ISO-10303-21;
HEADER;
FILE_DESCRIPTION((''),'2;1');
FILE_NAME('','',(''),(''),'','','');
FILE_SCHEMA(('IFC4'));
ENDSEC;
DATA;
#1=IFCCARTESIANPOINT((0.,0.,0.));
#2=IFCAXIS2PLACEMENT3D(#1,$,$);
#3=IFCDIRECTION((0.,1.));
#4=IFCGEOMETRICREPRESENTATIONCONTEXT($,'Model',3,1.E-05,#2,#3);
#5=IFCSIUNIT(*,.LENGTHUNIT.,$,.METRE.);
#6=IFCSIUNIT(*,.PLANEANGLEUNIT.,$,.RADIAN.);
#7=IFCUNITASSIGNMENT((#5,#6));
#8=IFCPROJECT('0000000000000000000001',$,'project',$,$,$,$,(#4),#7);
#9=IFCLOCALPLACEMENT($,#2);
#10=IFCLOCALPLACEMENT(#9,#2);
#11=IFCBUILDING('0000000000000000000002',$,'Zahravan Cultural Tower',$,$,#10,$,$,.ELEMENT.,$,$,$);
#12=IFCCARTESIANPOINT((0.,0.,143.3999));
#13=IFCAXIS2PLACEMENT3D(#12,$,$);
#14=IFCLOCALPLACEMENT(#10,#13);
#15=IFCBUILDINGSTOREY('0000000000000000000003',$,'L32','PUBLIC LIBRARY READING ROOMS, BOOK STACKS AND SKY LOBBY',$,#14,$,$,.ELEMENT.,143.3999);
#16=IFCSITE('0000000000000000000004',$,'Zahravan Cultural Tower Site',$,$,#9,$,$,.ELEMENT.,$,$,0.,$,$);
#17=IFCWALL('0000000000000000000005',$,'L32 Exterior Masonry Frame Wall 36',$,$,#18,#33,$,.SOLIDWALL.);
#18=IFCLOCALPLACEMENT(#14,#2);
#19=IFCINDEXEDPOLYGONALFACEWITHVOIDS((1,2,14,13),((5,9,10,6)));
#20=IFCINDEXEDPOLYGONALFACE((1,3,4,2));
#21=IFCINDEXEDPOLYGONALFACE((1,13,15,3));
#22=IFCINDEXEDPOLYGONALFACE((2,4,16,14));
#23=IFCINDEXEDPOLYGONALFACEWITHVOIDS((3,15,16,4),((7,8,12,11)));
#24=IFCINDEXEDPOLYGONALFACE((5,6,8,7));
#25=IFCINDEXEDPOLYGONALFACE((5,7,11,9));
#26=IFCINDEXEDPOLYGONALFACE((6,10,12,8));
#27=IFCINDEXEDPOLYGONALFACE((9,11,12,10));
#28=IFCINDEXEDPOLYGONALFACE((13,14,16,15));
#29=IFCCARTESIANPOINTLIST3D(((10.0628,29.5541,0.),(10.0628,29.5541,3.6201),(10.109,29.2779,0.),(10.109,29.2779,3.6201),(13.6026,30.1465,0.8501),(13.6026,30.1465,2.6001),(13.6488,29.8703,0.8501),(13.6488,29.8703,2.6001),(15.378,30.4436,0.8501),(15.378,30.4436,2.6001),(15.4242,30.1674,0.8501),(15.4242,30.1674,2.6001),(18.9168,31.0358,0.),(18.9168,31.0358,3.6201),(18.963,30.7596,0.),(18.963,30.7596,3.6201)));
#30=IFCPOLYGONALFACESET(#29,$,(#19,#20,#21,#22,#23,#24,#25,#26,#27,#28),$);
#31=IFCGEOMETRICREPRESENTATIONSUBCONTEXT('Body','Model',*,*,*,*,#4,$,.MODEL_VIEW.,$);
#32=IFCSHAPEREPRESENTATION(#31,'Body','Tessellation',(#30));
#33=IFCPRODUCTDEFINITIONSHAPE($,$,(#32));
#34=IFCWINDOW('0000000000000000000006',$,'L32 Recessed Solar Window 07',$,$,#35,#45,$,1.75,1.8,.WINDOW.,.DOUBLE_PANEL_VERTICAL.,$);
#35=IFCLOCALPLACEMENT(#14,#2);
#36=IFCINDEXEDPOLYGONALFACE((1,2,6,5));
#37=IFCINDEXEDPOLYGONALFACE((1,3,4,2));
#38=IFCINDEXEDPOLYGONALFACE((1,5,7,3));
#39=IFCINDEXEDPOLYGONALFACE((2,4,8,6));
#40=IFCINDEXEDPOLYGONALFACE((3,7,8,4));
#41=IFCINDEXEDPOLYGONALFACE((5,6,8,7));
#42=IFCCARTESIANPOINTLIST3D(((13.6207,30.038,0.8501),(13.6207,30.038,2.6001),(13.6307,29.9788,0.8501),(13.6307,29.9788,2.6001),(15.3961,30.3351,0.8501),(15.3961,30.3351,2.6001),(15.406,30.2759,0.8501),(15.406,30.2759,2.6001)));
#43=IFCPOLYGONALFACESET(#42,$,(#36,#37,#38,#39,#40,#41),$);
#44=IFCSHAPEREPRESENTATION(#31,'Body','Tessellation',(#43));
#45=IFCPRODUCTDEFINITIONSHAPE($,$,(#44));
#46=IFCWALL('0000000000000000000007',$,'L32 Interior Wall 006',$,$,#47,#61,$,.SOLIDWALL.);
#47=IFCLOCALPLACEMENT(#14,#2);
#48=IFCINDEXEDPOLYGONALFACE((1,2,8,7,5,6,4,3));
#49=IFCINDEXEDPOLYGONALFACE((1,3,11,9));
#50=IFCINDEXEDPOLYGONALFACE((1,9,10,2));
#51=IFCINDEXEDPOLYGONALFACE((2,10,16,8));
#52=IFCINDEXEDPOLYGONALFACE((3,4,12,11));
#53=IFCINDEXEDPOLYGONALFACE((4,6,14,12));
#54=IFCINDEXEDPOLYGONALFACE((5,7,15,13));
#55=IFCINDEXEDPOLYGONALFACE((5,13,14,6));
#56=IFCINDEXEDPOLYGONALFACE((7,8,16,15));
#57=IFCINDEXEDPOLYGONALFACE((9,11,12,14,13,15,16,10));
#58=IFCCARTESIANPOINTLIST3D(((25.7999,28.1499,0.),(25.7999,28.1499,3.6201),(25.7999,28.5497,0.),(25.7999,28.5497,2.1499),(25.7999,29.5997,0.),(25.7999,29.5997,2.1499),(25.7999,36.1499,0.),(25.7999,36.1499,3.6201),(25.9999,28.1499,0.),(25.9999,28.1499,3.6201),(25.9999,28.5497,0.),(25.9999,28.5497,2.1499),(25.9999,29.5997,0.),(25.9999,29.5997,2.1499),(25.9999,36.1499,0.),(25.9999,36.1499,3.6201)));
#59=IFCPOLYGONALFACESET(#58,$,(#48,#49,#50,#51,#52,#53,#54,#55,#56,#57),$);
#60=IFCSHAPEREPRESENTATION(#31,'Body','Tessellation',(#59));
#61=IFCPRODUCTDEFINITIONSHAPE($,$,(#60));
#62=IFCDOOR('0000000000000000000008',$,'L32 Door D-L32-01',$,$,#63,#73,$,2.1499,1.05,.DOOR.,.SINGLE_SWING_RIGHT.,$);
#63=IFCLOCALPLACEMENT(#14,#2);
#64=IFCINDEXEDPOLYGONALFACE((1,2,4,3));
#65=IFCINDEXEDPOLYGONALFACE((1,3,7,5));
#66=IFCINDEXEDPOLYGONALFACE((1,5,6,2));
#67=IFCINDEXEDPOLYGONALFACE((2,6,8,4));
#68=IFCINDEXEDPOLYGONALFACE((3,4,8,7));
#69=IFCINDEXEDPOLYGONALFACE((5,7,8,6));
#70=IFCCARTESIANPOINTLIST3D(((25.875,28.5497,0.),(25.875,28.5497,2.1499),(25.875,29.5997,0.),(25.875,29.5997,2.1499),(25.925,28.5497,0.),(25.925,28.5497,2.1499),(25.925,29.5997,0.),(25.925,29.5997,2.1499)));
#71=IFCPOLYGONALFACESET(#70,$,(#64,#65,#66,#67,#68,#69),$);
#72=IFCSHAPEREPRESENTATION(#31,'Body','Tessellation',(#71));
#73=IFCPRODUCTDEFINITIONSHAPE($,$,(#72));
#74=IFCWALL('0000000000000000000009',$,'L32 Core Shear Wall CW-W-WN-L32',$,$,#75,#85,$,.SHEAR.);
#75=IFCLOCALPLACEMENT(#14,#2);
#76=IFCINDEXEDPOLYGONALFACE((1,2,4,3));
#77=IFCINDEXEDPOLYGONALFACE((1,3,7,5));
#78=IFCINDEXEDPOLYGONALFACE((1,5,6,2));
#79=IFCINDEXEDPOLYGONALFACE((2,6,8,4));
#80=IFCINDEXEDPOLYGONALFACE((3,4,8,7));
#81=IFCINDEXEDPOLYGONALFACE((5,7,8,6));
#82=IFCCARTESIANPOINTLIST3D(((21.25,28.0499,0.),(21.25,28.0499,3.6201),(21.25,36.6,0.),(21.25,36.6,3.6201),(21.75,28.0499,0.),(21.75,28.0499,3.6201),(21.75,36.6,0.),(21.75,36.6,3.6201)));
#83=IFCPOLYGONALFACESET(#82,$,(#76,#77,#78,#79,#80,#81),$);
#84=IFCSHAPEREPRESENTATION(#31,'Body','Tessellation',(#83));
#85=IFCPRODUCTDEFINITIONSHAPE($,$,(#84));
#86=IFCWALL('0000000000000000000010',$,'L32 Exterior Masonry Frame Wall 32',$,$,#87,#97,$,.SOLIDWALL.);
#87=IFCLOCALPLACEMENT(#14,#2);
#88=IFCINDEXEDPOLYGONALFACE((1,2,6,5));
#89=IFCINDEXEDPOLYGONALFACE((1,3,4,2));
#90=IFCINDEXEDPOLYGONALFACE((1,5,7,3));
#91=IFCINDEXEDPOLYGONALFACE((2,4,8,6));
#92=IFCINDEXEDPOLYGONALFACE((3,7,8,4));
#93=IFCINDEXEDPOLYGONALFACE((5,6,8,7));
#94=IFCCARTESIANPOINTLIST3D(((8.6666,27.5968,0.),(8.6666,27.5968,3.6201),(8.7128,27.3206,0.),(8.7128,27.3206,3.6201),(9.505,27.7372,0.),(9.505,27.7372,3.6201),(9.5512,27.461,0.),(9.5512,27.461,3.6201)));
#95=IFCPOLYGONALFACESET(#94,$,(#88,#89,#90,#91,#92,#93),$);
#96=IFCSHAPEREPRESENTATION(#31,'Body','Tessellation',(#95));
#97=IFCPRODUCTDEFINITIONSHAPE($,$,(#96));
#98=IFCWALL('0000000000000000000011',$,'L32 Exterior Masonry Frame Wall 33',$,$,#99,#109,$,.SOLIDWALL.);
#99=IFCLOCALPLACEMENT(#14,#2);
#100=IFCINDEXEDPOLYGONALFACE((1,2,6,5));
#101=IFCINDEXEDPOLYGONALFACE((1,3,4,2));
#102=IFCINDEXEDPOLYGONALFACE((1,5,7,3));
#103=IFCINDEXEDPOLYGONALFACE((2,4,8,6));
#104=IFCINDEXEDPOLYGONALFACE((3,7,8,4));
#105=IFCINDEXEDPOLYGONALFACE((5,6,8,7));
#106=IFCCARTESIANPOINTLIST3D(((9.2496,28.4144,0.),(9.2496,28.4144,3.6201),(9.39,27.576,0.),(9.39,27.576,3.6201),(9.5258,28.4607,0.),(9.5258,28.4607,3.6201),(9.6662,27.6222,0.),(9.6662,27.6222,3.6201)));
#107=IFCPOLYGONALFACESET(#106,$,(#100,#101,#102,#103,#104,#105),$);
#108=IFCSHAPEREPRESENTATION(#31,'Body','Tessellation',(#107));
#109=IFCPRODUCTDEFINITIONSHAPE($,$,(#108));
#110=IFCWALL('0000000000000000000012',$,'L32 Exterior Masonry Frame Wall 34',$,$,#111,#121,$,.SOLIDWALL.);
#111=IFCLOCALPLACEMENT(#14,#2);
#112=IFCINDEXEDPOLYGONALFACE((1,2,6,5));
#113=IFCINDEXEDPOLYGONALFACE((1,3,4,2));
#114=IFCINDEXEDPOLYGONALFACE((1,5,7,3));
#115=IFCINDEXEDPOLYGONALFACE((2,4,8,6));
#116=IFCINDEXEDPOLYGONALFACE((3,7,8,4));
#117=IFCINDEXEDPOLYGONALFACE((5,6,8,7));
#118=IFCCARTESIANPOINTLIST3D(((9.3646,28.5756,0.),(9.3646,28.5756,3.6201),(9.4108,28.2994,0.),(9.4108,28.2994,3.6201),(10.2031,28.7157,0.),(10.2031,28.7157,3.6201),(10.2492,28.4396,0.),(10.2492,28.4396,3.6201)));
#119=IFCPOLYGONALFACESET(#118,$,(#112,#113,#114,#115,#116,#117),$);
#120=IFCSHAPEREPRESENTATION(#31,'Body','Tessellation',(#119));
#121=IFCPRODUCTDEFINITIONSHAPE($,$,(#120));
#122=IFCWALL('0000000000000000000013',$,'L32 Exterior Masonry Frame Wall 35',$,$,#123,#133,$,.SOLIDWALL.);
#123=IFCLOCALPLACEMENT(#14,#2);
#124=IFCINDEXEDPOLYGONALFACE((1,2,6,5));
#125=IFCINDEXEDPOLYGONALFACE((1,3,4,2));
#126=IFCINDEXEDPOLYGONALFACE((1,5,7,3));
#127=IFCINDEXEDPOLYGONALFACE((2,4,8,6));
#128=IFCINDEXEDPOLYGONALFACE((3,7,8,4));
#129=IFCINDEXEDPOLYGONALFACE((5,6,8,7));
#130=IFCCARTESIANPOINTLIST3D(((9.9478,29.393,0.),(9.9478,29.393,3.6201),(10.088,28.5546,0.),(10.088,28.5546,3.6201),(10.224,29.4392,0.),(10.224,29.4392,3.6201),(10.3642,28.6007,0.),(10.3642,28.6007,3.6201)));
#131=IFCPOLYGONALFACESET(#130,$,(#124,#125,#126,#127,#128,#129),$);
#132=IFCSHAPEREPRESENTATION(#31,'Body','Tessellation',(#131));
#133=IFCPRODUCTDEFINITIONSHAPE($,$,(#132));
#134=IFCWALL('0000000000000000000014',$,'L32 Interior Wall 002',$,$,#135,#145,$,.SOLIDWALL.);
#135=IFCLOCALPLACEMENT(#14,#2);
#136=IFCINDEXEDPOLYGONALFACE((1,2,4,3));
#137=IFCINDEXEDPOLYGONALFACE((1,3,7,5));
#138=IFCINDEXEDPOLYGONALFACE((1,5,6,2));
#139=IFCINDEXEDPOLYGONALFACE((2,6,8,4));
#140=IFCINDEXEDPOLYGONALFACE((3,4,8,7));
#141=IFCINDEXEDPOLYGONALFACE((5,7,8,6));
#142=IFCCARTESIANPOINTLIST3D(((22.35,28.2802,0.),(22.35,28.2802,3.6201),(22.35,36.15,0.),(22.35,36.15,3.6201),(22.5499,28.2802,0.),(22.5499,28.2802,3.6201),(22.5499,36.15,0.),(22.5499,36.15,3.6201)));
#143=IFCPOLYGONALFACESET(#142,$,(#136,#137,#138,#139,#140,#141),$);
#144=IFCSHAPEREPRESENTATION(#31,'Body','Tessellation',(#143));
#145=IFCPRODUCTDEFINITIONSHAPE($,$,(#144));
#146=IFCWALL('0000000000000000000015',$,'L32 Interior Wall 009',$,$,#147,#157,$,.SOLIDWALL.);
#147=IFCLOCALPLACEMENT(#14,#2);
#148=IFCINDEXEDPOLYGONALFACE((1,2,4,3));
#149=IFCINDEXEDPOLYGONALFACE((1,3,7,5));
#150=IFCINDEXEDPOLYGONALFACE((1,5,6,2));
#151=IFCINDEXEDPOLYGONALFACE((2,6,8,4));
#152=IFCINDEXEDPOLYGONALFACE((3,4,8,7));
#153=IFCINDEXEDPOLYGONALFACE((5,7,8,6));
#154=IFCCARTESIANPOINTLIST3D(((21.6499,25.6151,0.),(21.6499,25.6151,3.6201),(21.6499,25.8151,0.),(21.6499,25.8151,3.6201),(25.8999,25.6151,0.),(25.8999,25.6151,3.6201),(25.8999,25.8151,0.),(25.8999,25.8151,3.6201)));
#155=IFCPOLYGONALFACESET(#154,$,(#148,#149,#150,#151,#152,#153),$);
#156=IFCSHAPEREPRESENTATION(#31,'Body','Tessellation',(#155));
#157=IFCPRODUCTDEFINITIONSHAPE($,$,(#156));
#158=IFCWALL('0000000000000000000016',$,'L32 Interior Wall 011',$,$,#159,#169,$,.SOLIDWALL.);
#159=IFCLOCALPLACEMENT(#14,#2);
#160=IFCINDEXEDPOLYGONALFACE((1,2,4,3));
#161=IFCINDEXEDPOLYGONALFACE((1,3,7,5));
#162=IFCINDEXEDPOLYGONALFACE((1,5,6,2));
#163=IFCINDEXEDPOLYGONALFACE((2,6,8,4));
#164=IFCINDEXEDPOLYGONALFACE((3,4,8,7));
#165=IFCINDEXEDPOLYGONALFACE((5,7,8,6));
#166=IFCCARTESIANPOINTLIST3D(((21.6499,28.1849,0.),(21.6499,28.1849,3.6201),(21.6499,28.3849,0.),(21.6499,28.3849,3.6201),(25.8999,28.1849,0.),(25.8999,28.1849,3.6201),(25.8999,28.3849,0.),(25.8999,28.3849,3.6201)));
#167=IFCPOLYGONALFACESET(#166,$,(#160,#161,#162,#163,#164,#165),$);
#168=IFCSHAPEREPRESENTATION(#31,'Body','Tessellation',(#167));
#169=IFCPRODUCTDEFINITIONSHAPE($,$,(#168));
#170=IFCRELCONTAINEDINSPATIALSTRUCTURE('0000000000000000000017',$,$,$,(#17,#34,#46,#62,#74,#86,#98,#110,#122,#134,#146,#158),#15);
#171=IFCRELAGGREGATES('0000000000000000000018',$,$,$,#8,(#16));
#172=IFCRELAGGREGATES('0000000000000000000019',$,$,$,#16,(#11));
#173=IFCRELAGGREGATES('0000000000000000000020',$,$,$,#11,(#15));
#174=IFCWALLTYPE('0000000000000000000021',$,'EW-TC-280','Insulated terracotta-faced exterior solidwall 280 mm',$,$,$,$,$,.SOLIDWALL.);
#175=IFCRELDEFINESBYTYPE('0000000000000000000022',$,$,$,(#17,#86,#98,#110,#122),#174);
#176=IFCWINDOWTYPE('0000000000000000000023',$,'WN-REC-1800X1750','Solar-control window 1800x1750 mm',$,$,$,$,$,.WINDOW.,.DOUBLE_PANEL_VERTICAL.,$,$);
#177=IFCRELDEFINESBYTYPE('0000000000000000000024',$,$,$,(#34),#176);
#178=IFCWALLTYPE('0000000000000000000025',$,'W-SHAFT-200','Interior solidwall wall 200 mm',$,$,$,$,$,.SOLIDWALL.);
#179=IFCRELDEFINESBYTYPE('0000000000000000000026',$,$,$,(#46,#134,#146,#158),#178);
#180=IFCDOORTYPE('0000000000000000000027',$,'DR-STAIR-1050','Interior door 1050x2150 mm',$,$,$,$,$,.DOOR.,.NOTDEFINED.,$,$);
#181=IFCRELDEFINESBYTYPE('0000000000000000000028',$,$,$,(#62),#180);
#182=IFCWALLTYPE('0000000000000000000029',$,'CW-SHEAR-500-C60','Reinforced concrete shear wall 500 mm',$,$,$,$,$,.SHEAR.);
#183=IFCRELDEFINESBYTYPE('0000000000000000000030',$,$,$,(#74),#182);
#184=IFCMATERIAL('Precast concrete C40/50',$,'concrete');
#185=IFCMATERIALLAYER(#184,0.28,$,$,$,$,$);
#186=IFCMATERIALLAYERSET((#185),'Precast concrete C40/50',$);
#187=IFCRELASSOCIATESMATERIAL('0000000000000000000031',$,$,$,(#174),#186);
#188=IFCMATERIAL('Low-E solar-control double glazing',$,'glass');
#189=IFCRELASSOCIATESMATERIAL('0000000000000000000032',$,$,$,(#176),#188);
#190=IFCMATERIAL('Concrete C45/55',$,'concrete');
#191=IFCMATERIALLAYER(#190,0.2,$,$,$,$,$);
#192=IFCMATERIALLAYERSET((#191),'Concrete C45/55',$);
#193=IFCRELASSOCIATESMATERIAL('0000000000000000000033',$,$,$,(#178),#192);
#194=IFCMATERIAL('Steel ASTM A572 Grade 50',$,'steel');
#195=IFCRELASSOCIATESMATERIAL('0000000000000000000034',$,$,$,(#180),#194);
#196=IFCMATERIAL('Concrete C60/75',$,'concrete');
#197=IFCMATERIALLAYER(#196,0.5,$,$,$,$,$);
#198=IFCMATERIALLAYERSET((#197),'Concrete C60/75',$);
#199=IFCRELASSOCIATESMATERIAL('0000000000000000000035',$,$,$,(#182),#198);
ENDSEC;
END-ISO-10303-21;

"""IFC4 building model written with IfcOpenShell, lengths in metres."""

from ifc_helpers import new_model, si_unit, direction, frame, frame_2d, origin, place, context, subcontext, project, spatial, rectangle, extrude, source, transform, mapped, material, layer, layer_set, type_object, element, fill, save


model = new_model("IFC4")

# Units and contexts
model_context = context("Model", 3, precision=1e-05, world=origin(), true_north=direction((0.0, 1.0)))
body_context = subcontext(model_context, "Body", "Model", "MODEL_VIEW")
ifc_project = project(units=[si_unit("LENGTHUNIT", "METRE"), si_unit("PLANEANGLEUNIT", "RADIAN")], contexts=[model_context])

# Site, building, storey
site_placement = place(None, origin())
site = spatial("IfcSite", under=ifc_project, at=site_placement, Name="Zahravan Cultural Tower Site", CompositionType="ELEMENT", RefElevation=0.0)
building_placement = place(site_placement, origin())
building = spatial("IfcBuilding", under=site, at=building_placement, Name="Zahravan Cultural Tower", CompositionType="ELEMENT")
storey_placement = place(building_placement, frame((0.0, 0.0, 143.3999)))
storey = spatial("IfcBuildingStorey", under=building, at=storey_placement, Name="L32", Description="PUBLIC LIBRARY READING ROOMS, BOOK STACKS AND SKY LOBBY", CompositionType="ELEMENT", Elevation=143.3999)

# Shared definitions
ifc_material_1 = material(Name="Low-E solar-control double glazing", Category="glass")

# Wall, opening, window
ifc_material_2 = material(Name="Precast concrete C40/50", Category="concrete")
ifc_layer_1 = layer(ifc_material_2, 0.28)
ifc_layer_set_1 = layer_set([ifc_layer_1], Name="Precast concrete C40/50")
wall_type_1 = type_object("IfcWallType", Name="EW-TC-280", Description="Insulated terracotta-faced exterior solidwall 280 mm", PredefinedType="SOLIDWALL", material=ifc_layer_set_1)
wall_1_placement = place(storey_placement, frame((10.0859, 29.416, 0.0), z_axis=(0.0, 0.0, 1.0), x_axis=(0.986285, 0.165052, 0.0)))
wall_1 = element("IfcWall", 1, at=wall_1_placement, inside=storey, type_object=wall_type_1, Name="L32 Exterior Masonry Frame Wall 36", PredefinedType="SOLIDWALL", context=body_context, shape_type="SweptSolid", body=[
    extrude(rectangle(XDim=8.9771, YDim=0.28, at=frame_2d((4.4885, 0.0))), origin(), (0.0, 0.0, 1.0), 3.6201),
])
opening_1_placement = place(wall_1_placement, frame((3.5891, 0.0, 0.8501)))
opening_1 = element("IfcOpeningElement", 2, at=opening_1_placement, cuts=wall_1, PredefinedType="OPENING", context=body_context, shape_type="SweptSolid", body=[
    extrude(rectangle(XDim=1.8, YDim=1.75, at=frame_2d((0.8999, 0.875))), frame((0.0, 0.1499, 0.0), z_axis=(0.0, -1.0, 0.0), x_axis=(1.0, 0.0, 0.0)), (0.0, 0.0, 1.0), 0.3),
])
window_type = type_object("IfcWindowType", Name="WN-REC-1800X1750", Description="Solar-control window 1800x1750 mm", PartitioningType="DOUBLE_PANEL_VERTICAL", PredefinedType="WINDOW", material=ifc_material_1)
shared_shape_1 = source(origin(), body_context, "Body", "SweptSolid", [
    extrude(rectangle(XDim=1.8, YDim=1.75, at=frame_2d((0.8999, 0.875))), frame((0.0, 0.03, 0.0), z_axis=(0.0, -1.0, 0.0), x_axis=(1.0, 0.0, 0.0)), (0.0, 0.0, 1.0), 0.0601),
])
window_placement = place(opening_1_placement, origin())
window = element("IfcWindow", 3, at=window_placement, inside=storey, type_object=window_type, Name="L32 Recessed Solar Window 07", OverallHeight=1.75, OverallWidth=1.8, PartitioningType="DOUBLE_PANEL_VERTICAL", PredefinedType="WINDOW", context=body_context, shape_type="MappedRepresentation", body=[
    mapped(shared_shape_1, transform((0.0, 0.0, 0.0), x_axis=(1.0, 0.0, 0.0), y_axis=(0.0, 1.0, 0.0), z_axis=(0.0, 0.0, 1.0), scale=1.0)),
])
fill(opening_1, window)

# Wall, opening, door
ifc_material_3 = material(Name="Concrete C45/55", Category="concrete")
ifc_layer_2 = layer(ifc_material_3, 0.2)
ifc_layer_set_2 = layer_set([ifc_layer_2], Name="Concrete C45/55")
wall_type_2 = type_object("IfcWallType", Name="W-SHAFT-200", Description="Interior solidwall wall 200 mm", PredefinedType="SOLIDWALL", material=ifc_layer_set_2)
wall_2_placement = place(storey_placement, frame((25.8999, 28.1499, 0.0), z_axis=(0.0, 0.0, 1.0), x_axis=(0.0, 1.0, 0.0)))
wall_2 = element("IfcWall", 4, at=wall_2_placement, inside=storey, type_object=wall_type_2, Name="L32 Interior Wall 006", PredefinedType="SOLIDWALL", context=body_context, shape_type="SweptSolid", body=[
    extrude(rectangle(XDim=8.0, YDim=0.2, at=frame_2d((4.0, 0.0))), origin(), (0.0, 0.0, 1.0), 3.6201),
])
opening_2_placement = place(wall_2_placement, frame((0.3999, 0.0, 0.0)))
opening_2 = element("IfcOpeningElement", 5, at=opening_2_placement, cuts=wall_2, PredefinedType="OPENING", context=body_context, shape_type="SweptSolid", body=[
    extrude(rectangle(XDim=1.05, YDim=2.1499, at=frame_2d((0.5249, 1.075))), frame((0.0, 0.1099, 0.0), z_axis=(0.0, -1.0, 0.0), x_axis=(1.0, 0.0, 0.0)), (0.0, 0.0, 1.0), 0.22),
])
ifc_material_4 = material(Name="Steel ASTM A572 Grade 50", Category="steel")
door_type = type_object("IfcDoorType", Name="DR-STAIR-1050", Description="Interior door 1050x2150 mm", OperationType="NOTDEFINED", PredefinedType="DOOR", material=ifc_material_4)
shared_shape_2 = source(origin(), body_context, "Body", "SweptSolid", [
    extrude(rectangle(XDim=1.05, YDim=2.1499, at=frame_2d((0.5249, 1.075))), frame((0.0, 0.0249, 0.0), z_axis=(0.0, -1.0, 0.0), x_axis=(1.0, 0.0, 0.0)), (0.0, 0.0, 1.0), 0.05),
])
door_placement = place(opening_2_placement, origin())
door = element("IfcDoor", 6, at=door_placement, inside=storey, type_object=door_type, Name="L32 Door D-L32-01", OperationType="SINGLE_SWING_RIGHT", OverallHeight=2.1499, OverallWidth=1.05, PredefinedType="DOOR", context=body_context, shape_type="MappedRepresentation", body=[
    mapped(shared_shape_2, transform((0.0, 0.0, 0.0), x_axis=(1.0, 0.0, 0.0), y_axis=(0.0, 1.0, 0.0), z_axis=(0.0, 0.0, 1.0), scale=1.0)),
])
fill(opening_2, door)

# Walls
ifc_material_5 = material(Name="Concrete C60/75", Category="concrete")
ifc_layer_3 = layer(ifc_material_5, 0.5)
ifc_layer_set_3 = layer_set([ifc_layer_3], Name="Concrete C60/75")
wall_type_3 = type_object("IfcWallType", Name="CW-SHEAR-500-C60", Description="Reinforced concrete shear wall 500 mm", PredefinedType="SHEAR", material=ifc_layer_set_3)
shared_shape_3 = source(origin(), body_context, "Body", "SweptSolid", [
    extrude(rectangle(XDim=8.55, YDim=0.5, at=frame_2d((4.2749, 0.0))), origin(), (0.0, 0.0, 1.0), 3.6201),
])
wall_3_placement = place(storey_placement, frame((21.5, 28.05, 0.0), z_axis=(0.0, 0.0, 1.0), x_axis=(0.0, 1.0, 0.0)))
element("IfcWall", 7, at=wall_3_placement, inside=storey, type_object=wall_type_3, Name="L32 Core Shear Wall CW-W-WN-L32", PredefinedType="SHEAR", context=body_context, shape_type="MappedRepresentation", body=[
    mapped(shared_shape_3, transform((0.0, 0.0, 0.0), x_axis=(1.0, 0.0, 0.0), y_axis=(0.0, 1.0, 0.0), z_axis=(0.0, 0.0, 1.0), scale=1.0)),
])
shared_shape_4 = source(origin(), body_context, "Body", "SweptSolid", [
    extrude(rectangle(XDim=0.8501, YDim=0.28, at=frame_2d((0.425, 0.0))), origin(), (0.0, 0.0, 1.0), 3.6201),
])
for number, where, z_axis, x_axis, name in (
    (8, (8.6897, 27.4587, 0.0), (0.0, 0.0, 1.0), (0.986269, 0.165144, 0.0), "L32 Exterior Masonry Frame Wall 32"),
    (9, (9.5281, 27.5991, 0.0), (0.0, 0.0, 1.0), (-0.165144, 0.986269, 0.0), "L32 Exterior Masonry Frame Wall 33"),
    (10, (9.3877, 28.4375, 0.0), (0.0, 0.0, 1.0), (0.986316, 0.164865, 0.0), "L32 Exterior Masonry Frame Wall 34"),
    (11, (10.2261, 28.5776, 0.0), (0.0, 0.0, 1.0), (-0.164865, 0.986316, 0.0), "L32 Exterior Masonry Frame Wall 35"),
):
    element("IfcWall", number, at=place(storey_placement, frame(where, z_axis=z_axis, x_axis=x_axis)), inside=storey, type_object=wall_type_1, Name=name, PredefinedType="SOLIDWALL", context=body_context, shape_type="MappedRepresentation", body=[
        mapped(shared_shape_4, transform((0.0, 0.0, 0.0), x_axis=(1.0, 0.0, 0.0), y_axis=(0.0, 1.0, 0.0), z_axis=(0.0, 0.0, 1.0), scale=1.0)),
    ])
shared_shape_5 = source(origin(), body_context, "Body", "SweptSolid", [
    extrude(rectangle(XDim=7.8699, YDim=0.2, at=frame_2d((3.9351, 0.0))), origin(), (0.0, 0.0, 1.0), 3.6201),
])
wall_4_placement = place(storey_placement, frame((22.45, 28.28, 0.0), z_axis=(0.0, 0.0, 1.0), x_axis=(0.0, 1.0, 0.0)))
element("IfcWall", 12, at=wall_4_placement, inside=storey, type_object=wall_type_2, Name="L32 Interior Wall 002", PredefinedType="SOLIDWALL", context=body_context, shape_type="MappedRepresentation", body=[
    mapped(shared_shape_5, transform((0.0, 0.0, 0.0), x_axis=(1.0, 0.0, 0.0), y_axis=(0.0, 1.0, 0.0), z_axis=(0.0, 0.0, 1.0), scale=1.0)),
])
shared_shape_6 = source(origin(), body_context, "Body", "SweptSolid", [
    extrude(rectangle(XDim=4.25, YDim=0.2, at=frame_2d((2.125, 0.0))), origin(), (0.0, 0.0, 1.0), 3.6201),
])
for number, where, z_axis, x_axis, name in (
    (13, (21.6499, 25.7151, 0.0), (0.0, 0.0, 1.0), (1.0, 0.0, 0.0), "L32 Interior Wall 009"),
    (14, (21.6499, 28.2849, 0.0), (0.0, 0.0, 1.0), (1.0, 0.0, 0.0), "L32 Interior Wall 011"),
):
    element("IfcWall", number, at=place(storey_placement, frame(where, z_axis=z_axis, x_axis=x_axis)), inside=storey, type_object=wall_type_2, Name=name, PredefinedType="SOLIDWALL", context=body_context, shape_type="MappedRepresentation", body=[
        mapped(shared_shape_6, transform((0.0, 0.0, 0.0), x_axis=(1.0, 0.0, 0.0), y_axis=(0.0, 1.0, 0.0), z_axis=(0.0, 0.0, 1.0), scale=1.0)),
    ])

save(model, "model.ifc")
